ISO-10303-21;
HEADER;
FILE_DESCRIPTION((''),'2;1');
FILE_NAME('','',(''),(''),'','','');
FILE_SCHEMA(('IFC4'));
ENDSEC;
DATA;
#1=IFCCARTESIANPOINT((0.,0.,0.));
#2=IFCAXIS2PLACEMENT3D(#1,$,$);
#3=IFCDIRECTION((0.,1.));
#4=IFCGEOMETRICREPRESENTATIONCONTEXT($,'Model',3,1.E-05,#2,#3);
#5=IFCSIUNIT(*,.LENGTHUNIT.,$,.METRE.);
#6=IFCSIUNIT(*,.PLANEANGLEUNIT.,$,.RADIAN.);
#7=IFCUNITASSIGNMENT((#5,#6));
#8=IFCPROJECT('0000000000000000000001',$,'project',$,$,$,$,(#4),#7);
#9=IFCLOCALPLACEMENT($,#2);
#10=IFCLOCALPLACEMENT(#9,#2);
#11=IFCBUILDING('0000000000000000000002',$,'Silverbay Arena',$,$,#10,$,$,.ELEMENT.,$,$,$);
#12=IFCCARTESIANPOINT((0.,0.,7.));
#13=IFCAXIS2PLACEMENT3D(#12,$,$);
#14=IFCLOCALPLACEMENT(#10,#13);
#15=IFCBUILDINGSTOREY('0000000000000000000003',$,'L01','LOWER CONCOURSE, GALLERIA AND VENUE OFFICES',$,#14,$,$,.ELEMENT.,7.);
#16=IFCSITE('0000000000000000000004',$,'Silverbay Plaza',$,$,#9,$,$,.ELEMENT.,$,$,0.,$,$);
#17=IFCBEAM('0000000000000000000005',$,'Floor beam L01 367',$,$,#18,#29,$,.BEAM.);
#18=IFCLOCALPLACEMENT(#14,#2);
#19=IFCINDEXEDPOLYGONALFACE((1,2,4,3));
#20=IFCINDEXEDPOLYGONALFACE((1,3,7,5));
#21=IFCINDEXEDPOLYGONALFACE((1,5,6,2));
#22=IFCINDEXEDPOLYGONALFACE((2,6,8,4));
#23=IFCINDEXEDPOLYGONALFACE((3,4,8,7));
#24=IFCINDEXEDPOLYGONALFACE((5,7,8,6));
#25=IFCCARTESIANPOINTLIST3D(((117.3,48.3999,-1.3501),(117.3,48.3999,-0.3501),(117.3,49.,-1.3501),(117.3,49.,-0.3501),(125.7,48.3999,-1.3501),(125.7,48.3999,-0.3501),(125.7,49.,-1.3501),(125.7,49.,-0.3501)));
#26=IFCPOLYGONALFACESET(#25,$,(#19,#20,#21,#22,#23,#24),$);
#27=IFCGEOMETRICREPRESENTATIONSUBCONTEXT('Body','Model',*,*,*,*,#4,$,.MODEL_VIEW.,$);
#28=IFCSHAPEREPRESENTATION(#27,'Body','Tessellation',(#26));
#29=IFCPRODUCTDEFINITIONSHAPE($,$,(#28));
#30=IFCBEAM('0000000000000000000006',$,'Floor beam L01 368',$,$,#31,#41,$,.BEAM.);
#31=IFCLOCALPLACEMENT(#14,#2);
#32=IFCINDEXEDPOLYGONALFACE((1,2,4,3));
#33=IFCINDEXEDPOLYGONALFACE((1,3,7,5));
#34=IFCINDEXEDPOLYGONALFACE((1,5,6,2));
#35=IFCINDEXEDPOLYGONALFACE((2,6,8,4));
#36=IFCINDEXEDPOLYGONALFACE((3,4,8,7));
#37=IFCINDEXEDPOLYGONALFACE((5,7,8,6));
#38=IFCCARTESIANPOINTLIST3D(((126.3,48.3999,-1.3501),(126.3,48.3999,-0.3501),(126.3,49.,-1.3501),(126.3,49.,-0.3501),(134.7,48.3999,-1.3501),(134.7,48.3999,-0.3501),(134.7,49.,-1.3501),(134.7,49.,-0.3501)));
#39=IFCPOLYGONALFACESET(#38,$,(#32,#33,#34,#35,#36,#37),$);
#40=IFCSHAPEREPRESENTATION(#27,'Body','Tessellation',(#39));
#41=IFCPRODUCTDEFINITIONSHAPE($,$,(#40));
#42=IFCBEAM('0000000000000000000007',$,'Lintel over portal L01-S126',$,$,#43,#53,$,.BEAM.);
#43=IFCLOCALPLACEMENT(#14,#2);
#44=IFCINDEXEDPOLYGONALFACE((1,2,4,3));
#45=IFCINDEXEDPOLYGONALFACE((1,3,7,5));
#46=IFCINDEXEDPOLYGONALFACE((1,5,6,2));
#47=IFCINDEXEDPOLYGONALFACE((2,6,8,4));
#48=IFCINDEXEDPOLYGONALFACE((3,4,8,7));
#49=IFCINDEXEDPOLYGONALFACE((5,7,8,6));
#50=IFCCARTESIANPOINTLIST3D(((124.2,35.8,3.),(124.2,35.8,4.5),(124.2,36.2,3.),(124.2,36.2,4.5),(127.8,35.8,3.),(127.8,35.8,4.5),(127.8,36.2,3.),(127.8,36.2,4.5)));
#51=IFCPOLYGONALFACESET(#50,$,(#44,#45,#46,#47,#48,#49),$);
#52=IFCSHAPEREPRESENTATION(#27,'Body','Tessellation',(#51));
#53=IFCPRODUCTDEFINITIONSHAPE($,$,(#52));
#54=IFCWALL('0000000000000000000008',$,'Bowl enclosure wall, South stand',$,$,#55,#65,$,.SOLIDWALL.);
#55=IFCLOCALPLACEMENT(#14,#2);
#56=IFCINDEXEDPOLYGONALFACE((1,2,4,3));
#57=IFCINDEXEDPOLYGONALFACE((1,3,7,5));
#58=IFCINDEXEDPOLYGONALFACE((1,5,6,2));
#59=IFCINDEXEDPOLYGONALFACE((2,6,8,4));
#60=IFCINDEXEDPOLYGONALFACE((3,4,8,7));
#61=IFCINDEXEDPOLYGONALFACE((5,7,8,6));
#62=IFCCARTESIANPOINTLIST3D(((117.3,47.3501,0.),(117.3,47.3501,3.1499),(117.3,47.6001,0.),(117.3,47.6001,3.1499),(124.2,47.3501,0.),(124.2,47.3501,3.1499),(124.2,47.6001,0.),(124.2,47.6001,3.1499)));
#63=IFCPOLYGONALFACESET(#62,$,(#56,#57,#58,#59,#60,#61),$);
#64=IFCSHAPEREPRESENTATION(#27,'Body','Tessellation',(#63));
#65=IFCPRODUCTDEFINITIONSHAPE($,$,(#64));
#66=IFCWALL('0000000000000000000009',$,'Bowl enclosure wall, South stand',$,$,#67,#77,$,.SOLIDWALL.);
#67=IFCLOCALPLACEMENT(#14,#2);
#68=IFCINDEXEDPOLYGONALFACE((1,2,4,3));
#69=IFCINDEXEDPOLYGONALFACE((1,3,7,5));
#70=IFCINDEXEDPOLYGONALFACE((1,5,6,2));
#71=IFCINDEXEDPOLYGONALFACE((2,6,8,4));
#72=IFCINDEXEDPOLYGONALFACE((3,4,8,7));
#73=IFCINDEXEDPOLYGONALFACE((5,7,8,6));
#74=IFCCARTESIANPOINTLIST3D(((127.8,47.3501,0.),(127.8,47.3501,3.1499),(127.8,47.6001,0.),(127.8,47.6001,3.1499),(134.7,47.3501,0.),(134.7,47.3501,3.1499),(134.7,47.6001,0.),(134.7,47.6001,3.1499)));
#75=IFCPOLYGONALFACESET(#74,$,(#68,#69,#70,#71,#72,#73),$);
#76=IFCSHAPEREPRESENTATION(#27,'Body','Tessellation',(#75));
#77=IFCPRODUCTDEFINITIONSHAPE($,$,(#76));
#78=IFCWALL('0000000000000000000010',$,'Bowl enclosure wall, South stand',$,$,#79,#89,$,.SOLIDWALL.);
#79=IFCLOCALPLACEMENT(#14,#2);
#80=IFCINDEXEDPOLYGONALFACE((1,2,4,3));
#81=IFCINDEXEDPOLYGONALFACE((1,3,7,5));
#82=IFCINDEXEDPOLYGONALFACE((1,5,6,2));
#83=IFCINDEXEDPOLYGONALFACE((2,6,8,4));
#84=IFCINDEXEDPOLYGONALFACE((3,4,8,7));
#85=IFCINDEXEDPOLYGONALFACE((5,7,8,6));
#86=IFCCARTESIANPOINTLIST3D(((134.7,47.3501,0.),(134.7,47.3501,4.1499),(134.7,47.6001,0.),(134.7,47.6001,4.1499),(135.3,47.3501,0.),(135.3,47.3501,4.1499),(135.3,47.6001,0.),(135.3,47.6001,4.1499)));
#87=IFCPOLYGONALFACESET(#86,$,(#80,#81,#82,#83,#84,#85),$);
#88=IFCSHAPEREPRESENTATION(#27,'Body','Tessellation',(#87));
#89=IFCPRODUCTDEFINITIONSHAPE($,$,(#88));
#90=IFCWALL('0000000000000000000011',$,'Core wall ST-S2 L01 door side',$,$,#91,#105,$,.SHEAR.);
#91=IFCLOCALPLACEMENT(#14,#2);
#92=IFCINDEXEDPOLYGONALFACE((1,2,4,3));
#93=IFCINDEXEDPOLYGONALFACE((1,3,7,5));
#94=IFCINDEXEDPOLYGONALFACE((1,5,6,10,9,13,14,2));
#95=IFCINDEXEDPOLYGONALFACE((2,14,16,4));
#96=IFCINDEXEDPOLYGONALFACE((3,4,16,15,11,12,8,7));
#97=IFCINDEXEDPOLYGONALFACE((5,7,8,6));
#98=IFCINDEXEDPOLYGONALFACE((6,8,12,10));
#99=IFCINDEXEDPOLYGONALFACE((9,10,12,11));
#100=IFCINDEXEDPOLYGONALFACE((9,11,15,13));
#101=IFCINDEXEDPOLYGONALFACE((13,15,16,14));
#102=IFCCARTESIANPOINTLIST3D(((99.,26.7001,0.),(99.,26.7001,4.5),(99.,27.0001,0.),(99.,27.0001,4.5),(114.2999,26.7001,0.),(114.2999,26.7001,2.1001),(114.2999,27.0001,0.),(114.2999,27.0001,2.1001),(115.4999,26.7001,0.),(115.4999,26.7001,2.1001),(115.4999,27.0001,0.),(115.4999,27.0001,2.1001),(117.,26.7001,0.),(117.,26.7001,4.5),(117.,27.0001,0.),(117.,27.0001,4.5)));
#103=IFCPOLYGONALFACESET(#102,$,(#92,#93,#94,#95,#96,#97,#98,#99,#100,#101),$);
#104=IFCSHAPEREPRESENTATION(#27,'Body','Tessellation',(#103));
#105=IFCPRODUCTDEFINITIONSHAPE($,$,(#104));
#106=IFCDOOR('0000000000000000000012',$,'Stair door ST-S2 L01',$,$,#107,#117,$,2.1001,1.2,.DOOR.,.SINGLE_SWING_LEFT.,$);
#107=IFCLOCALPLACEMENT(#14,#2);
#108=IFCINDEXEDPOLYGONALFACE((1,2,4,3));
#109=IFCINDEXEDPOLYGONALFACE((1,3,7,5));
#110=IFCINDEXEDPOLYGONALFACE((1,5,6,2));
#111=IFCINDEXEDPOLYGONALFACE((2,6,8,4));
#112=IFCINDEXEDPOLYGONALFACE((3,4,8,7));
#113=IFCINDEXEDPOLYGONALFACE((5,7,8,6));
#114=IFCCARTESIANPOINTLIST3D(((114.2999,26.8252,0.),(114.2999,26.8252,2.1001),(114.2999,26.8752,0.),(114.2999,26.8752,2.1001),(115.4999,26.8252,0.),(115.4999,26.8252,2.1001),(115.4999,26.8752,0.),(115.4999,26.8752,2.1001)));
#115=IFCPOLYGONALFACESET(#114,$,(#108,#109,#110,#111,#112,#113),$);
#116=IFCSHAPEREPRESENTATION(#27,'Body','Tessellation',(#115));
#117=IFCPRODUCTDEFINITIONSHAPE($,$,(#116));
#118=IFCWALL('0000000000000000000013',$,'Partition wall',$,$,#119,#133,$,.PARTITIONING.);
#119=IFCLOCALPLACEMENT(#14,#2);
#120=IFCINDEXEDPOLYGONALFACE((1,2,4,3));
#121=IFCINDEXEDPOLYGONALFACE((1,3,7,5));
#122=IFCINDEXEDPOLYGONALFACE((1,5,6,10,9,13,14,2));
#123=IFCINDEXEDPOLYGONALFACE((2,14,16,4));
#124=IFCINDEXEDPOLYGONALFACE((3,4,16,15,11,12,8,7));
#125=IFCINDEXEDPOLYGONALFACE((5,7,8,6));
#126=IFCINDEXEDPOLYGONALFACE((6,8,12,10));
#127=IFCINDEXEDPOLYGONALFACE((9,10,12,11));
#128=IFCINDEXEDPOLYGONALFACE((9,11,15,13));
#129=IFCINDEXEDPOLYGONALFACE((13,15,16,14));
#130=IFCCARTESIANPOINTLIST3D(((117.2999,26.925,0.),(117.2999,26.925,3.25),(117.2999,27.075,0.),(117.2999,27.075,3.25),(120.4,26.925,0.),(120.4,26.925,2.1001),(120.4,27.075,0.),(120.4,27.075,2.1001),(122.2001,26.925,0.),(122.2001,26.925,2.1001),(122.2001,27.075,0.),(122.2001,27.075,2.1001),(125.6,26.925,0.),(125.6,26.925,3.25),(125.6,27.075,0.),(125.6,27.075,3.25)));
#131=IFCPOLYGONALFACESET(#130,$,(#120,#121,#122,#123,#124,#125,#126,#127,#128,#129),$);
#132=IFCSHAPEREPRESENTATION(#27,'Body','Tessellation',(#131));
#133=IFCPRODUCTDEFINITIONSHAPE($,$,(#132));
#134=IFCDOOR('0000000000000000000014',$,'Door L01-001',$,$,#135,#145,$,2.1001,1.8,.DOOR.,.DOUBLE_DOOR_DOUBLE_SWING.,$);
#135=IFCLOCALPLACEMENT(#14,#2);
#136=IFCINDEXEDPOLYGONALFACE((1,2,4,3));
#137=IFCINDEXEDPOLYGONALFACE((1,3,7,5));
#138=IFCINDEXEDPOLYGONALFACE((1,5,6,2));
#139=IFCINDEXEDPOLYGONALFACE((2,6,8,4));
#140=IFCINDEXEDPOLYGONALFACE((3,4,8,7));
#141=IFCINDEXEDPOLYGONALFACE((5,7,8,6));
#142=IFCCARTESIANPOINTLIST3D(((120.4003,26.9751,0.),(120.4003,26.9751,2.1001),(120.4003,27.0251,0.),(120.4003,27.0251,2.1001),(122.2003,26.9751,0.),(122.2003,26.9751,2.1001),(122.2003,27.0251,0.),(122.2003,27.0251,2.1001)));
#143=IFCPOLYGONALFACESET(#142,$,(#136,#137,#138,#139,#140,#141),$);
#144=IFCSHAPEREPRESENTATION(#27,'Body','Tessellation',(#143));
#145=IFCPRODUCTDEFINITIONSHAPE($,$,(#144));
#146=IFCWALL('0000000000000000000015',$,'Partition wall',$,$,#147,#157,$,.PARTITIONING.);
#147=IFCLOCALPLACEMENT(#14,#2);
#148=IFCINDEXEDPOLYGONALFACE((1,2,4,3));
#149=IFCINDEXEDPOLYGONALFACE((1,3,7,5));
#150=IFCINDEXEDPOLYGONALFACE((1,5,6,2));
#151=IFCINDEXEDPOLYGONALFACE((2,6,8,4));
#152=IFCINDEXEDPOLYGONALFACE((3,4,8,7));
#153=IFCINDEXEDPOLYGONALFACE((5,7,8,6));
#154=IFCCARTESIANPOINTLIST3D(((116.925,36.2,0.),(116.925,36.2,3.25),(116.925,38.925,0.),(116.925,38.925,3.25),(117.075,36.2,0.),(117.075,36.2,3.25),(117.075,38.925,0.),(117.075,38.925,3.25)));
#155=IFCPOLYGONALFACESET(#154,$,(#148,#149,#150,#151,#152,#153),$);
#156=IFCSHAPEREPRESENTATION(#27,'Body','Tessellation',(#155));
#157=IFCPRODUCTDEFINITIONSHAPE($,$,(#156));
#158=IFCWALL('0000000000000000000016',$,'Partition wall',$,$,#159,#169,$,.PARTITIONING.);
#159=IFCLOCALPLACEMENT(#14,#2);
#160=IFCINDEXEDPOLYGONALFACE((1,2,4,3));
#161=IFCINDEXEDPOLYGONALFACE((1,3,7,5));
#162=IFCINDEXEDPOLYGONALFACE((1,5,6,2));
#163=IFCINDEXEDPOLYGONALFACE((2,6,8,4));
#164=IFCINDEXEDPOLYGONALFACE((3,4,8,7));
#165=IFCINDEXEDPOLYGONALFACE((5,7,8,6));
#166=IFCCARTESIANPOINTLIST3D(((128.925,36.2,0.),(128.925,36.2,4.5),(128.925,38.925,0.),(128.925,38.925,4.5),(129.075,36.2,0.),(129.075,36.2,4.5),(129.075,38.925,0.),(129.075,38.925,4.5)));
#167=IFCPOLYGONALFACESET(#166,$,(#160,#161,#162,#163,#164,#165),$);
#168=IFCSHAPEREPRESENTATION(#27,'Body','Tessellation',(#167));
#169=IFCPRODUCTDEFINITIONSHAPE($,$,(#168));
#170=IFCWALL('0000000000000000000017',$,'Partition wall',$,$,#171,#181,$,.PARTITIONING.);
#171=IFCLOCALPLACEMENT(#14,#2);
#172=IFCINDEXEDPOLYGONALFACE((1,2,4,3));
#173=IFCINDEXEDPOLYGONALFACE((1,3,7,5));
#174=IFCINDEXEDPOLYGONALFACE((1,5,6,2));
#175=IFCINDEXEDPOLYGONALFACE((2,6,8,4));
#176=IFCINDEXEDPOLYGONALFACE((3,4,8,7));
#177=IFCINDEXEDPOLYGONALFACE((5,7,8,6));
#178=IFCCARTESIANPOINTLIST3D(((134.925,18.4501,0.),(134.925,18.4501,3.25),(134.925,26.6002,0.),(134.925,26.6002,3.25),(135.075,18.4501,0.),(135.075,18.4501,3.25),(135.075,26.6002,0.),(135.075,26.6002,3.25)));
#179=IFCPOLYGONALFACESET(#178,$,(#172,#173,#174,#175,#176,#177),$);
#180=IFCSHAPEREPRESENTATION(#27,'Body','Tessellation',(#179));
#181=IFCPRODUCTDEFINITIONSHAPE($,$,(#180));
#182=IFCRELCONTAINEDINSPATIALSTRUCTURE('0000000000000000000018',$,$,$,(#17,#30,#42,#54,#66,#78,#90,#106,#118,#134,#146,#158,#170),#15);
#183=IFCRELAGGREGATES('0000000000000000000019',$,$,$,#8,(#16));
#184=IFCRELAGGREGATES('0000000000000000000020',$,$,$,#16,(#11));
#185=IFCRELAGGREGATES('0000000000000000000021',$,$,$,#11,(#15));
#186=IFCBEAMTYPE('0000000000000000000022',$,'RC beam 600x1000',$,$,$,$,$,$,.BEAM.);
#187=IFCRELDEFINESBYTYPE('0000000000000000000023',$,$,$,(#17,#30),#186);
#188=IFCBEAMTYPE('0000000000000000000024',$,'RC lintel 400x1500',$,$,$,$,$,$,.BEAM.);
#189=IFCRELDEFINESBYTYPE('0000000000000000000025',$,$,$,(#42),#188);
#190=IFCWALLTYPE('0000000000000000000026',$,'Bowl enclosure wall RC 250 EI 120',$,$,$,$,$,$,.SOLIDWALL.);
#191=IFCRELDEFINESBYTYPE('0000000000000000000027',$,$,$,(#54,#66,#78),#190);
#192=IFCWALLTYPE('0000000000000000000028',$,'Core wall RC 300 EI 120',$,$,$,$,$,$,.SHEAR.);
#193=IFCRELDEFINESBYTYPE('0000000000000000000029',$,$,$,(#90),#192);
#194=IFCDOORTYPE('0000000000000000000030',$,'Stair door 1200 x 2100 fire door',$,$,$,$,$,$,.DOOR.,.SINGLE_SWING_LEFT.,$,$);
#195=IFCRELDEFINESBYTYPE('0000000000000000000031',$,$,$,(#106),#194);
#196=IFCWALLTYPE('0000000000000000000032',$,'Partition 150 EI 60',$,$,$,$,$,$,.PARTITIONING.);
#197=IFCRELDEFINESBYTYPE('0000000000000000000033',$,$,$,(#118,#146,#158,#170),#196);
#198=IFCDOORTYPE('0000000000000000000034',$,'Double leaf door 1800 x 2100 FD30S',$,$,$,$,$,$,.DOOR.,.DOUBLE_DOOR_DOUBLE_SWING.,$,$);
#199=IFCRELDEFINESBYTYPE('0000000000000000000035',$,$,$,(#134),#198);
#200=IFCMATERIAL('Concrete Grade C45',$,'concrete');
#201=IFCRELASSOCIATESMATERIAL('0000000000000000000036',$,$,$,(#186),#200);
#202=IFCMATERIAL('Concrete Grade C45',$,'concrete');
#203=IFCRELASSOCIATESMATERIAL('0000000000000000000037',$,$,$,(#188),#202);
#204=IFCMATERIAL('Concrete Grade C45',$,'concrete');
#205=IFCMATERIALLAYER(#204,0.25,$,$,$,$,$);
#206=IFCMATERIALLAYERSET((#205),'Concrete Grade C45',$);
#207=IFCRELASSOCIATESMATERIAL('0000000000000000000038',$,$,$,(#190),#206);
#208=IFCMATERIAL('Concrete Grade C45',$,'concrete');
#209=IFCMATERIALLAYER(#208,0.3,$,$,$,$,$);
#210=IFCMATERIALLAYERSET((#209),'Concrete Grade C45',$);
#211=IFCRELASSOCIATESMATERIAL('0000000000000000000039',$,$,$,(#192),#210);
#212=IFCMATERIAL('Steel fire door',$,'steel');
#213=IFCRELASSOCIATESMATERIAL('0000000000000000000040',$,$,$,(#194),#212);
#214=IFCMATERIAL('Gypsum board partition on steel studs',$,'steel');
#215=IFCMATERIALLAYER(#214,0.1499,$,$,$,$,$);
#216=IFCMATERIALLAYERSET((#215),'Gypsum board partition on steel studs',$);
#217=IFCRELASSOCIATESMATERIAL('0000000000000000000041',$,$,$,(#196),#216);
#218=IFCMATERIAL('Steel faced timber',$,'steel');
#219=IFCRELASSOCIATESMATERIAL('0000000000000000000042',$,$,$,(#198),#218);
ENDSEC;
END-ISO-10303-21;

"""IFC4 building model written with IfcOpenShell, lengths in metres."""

from ifc_helpers import new_model, si_unit, direction, frame, frame_2d, origin, origin_2d, place, context, subcontext, project, spatial, rectangle, extrude, material, layer, layer_set, material_profile, profile_set, type_object, element, fill, save


model = new_model("IFC4")

# Units and contexts
model_context = context("Model", 3, precision=1e-05, world=origin(), true_north=direction((0.0, 1.0)))
body_context = subcontext(model_context, "Body", "Model", "MODEL_VIEW")
ifc_project = project(units=[si_unit("LENGTHUNIT", "METRE"), si_unit("PLANEANGLEUNIT", "RADIAN")], contexts=[model_context])

# Site, building, storey
site_placement = place(None, origin())
site = spatial("IfcSite", under=ifc_project, at=site_placement, Name="Silverbay Plaza", CompositionType="ELEMENT", RefElevation=0.0)
building_placement = place(site_placement, origin())
building = spatial("IfcBuilding", under=site, at=building_placement, Name="Silverbay Arena", CompositionType="ELEMENT")
storey_placement = place(building_placement, frame((0.0, 0.0, 7.0)))
storey = spatial("IfcBuildingStorey", under=building, at=storey_placement, Name="L01", Description="LOWER CONCOURSE, GALLERIA AND VENUE OFFICES", CompositionType="ELEMENT", Elevation=7.0)

# Beams
ifc_material_1 = material(Name="Concrete Grade C45", Category="concrete")
ifc_material_profile_1 = material_profile(ifc_material_1, rectangle(XDim=0.6001, YDim=1.0, at=origin_2d()), Name="RC 600x1000")
ifc_profile_set_1 = profile_set([ifc_material_profile_1], Name="Concrete Grade C45")
beam_type_1 = type_object("IfcBeamType", Name="RC beam 600x1000", PredefinedType="BEAM", material=ifc_profile_set_1)
for number, where, z_axis, x_axis, name in (
    (1, (117.3, 48.7, -0.8501), (1.0, 0.0, 0.0), (0.0, 1.0, 0.0), "Floor beam L01 367"),
    (2, (126.3, 48.7, -0.8501), (1.0, 0.0, 0.0), (0.0, 1.0, 0.0), "Floor beam L01 368"),
):
    element("IfcBeam", number, at=place(storey_placement, frame(where, z_axis=z_axis, x_axis=x_axis)), inside=storey, type_object=beam_type_1, Name=name, PredefinedType="BEAM", context=body_context, shape_type="SweptSolid", body=[
        extrude(rectangle(XDim=0.6001, YDim=1.0, at=origin_2d()), origin(), (0.0, 0.0, 1.0), 8.3999),
    ])
ifc_material_2 = material(Name="Concrete Grade C45", Category="concrete")
ifc_material_profile_2 = material_profile(ifc_material_2, rectangle(XDim=0.3999, YDim=1.5, at=origin_2d()), Name="RC 400x1500")
ifc_profile_set_2 = profile_set([ifc_material_profile_2], Name="Concrete Grade C45")
beam_type_2 = type_object("IfcBeamType", Name="RC lintel 400x1500", PredefinedType="BEAM", material=ifc_profile_set_2)
beam_1_placement = place(storey_placement, frame((124.2, 36.0, 3.75), z_axis=(1.0, 0.0, 0.0), x_axis=(0.0, 1.0, 0.0)))
element("IfcBeam", 3, at=beam_1_placement, inside=storey, type_object=beam_type_2, Name="Lintel over portal L01-S126", PredefinedType="BEAM", context=body_context, shape_type="SweptSolid", body=[
    extrude(rectangle(XDim=0.3999, YDim=1.5, at=origin_2d()), origin(), (0.0, 0.0, 1.0), 3.6001),
])

# Shared definitions
ifc_material_3 = material(Name="Concrete Grade C45", Category="concrete")
ifc_layer_1 = layer(ifc_material_3, 0.25)
ifc_layer_set_1 = layer_set([ifc_layer_1], Name="Concrete Grade C45")
wall_type_1 = type_object("IfcWallType", Name="Bowl enclosure wall RC 250 EI 120", PredefinedType="SOLIDWALL", material=ifc_layer_set_1)

# Walls
for number, where, z_axis, x_axis, name in (
    (4, (117.3, 47.4751, 0.0), (0.0, 0.0, 1.0), (1.0, 0.0, 0.0), "Bowl enclosure wall, South stand"),
    (5, (127.8, 47.4751, 0.0), (0.0, 0.0, 1.0), (1.0, 0.0, 0.0), "Bowl enclosure wall, South stand"),
):
    element("IfcWall", number, at=place(storey_placement, frame(where, z_axis=z_axis, x_axis=x_axis)), inside=storey, type_object=wall_type_1, Name=name, PredefinedType="SOLIDWALL", context=body_context, shape_type="SweptSolid", body=[
        extrude(rectangle(XDim=6.8999, YDim=0.25, at=frame_2d((3.45, 0.0))), origin(), (0.0, 0.0, 1.0), 3.1499),
    ])
wall_1_placement = place(storey_placement, frame((134.7, 47.4751, 0.0), z_axis=(0.0, 0.0, 1.0), x_axis=(1.0, 0.0, 0.0)))
element("IfcWall", 6, at=wall_1_placement, inside=storey, type_object=wall_type_1, Name="Bowl enclosure wall, South stand", PredefinedType="SOLIDWALL", context=body_context, shape_type="SweptSolid", body=[
    extrude(rectangle(XDim=0.6001, YDim=0.25, at=frame_2d((0.3, 0.0))), origin(), (0.0, 0.0, 1.0), 4.1499),
])

# Walls, openings, doors
ifc_material_4 = material(Name="Concrete Grade C45", Category="concrete")
ifc_layer_2 = layer(ifc_material_4, 0.3)
ifc_layer_set_2 = layer_set([ifc_layer_2], Name="Concrete Grade C45")
wall_type_2 = type_object("IfcWallType", Name="Core wall RC 300 EI 120", PredefinedType="SHEAR", material=ifc_layer_set_2)
wall_2_placement = place(storey_placement, frame((117.0, 26.8501, 0.0), z_axis=(0.0, 0.0, 1.0), x_axis=(-1.0, 0.0, 0.0)))
wall_2 = element("IfcWall", 7, at=wall_2_placement, inside=storey, type_object=wall_type_2, Name="Core wall ST-S2 L01 door side", PredefinedType="SHEAR", context=body_context, shape_type="SweptSolid", body=[
    extrude(rectangle(XDim=18.0, YDim=0.3, at=frame_2d((9.0, 0.0))), origin(), (0.0, 0.0, 1.0), 4.5),
])
opening_1_placement = place(wall_2_placement, frame((1.5, 0.0, 0.0)))
opening_1 = element("IfcOpeningElement", 8, at=opening_1_placement, cuts=wall_2, PredefinedType="OPENING", context=body_context, shape_type="SweptSolid", body=[
    extrude(rectangle(XDim=1.2, YDim=2.1001, at=frame_2d((0.6001, 1.05))), frame((0.0, 0.1602, 0.0), z_axis=(0.0, -1.0, 0.0), x_axis=(1.0, 0.0, 0.0)), (0.0, 0.0, 1.0), 0.3201),
])
ifc_material_5 = material(Name="Steel fire door", Category="steel")
door_type_1 = type_object("IfcDoorType", Name="Stair door 1200 x 2100 fire door", OperationType="SINGLE_SWING_LEFT", PredefinedType="DOOR", material=ifc_material_5)
door_1_placement = place(opening_1_placement, origin())
door_1 = element("IfcDoor", 9, at=door_1_placement, inside=storey, type_object=door_type_1, Name="Stair door ST-S2 L01", OperationType="SINGLE_SWING_LEFT", OverallHeight=2.1001, OverallWidth=1.2, PredefinedType="DOOR", context=body_context, shape_type="SweptSolid", body=[
    extrude(rectangle(XDim=1.2, YDim=2.1001, at=frame_2d((0.6001, 1.05))), frame((0.0, 0.0249, 0.0), z_axis=(0.0, -1.0, 0.0), x_axis=(1.0, 0.0, 0.0)), (0.0, 0.0, 1.0), 0.05),
])
fill(opening_1, door_1)
ifc_material_6 = material(Name="Gypsum board partition on steel studs", Category="steel")
ifc_layer_3 = layer(ifc_material_6, 0.1499)
ifc_layer_set_3 = layer_set([ifc_layer_3], Name="Gypsum board partition on steel studs")
wall_type_3 = type_object("IfcWallType", Name="Partition 150 EI 60", PredefinedType="PARTITIONING", material=ifc_layer_set_3)
wall_3_placement = place(storey_placement, frame((117.3, 27.0, 0.0), z_axis=(0.0, 0.0, 1.0), x_axis=(1.0, 0.0, 0.0)))
wall_3 = element("IfcWall", 10, at=wall_3_placement, inside=storey, type_object=wall_type_3, Name="Partition wall", PredefinedType="PARTITIONING", context=body_context, shape_type="SweptSolid", body=[
    extrude(rectangle(XDim=8.3, YDim=0.1499, at=frame_2d((4.1499, 0.0))), origin(), (0.0, 0.0, 1.0), 3.25),
])
opening_2_placement = place(wall_3_placement, frame((3.1001, 0.0, 0.0)))
opening_2 = element("IfcOpeningElement", 11, at=opening_2_placement, cuts=wall_3, PredefinedType="OPENING", context=body_context, shape_type="SweptSolid", body=[
    extrude(rectangle(XDim=1.8, YDim=2.1001, at=frame_2d((0.8999, 1.05))), frame((0.0, 0.085, 0.0), z_axis=(0.0, -1.0, 0.0), x_axis=(1.0, 0.0, 0.0)), (0.0, 0.0, 1.0), 0.1699),
])
ifc_material_7 = material(Name="Steel faced timber", Category="steel")
door_type_2 = type_object("IfcDoorType", Name="Double leaf door 1800 x 2100 FD30S", OperationType="DOUBLE_DOOR_DOUBLE_SWING", PredefinedType="DOOR", material=ifc_material_7)
door_2_placement = place(opening_2_placement, frame((1.8, 0.0, 0.0), z_axis=(0.0, 0.0, 1.0), x_axis=(-1.0, 0.0, 0.0)))
door_2 = element("IfcDoor", 12, at=door_2_placement, inside=storey, type_object=door_type_2, Name="Door L01-001", OperationType="DOUBLE_DOOR_DOUBLE_SWING", OverallHeight=2.1001, OverallWidth=1.8, PredefinedType="DOOR", context=body_context, shape_type="SweptSolid", body=[
    extrude(rectangle(XDim=1.8, YDim=2.1001, at=frame_2d((0.8999, 1.05))), frame((0.0, 0.0249, 0.0), z_axis=(0.0, -1.0, 0.0), x_axis=(1.0, 0.0, 0.0)), (0.0, 0.0, 1.0), 0.05),
])
fill(opening_2, door_2)

# Walls
wall_4_placement = place(storey_placement, frame((117.0, 36.2, 0.0), z_axis=(0.0, 0.0, 1.0), x_axis=(0.0, 1.0, 0.0)))
element("IfcWall", 13, at=wall_4_placement, inside=storey, type_object=wall_type_3, Name="Partition wall", PredefinedType="PARTITIONING", context=body_context, shape_type="SweptSolid", body=[
    extrude(rectangle(XDim=2.7251, YDim=0.1499, at=frame_2d((1.3625, 0.0))), origin(), (0.0, 0.0, 1.0), 3.25),
])
wall_5_placement = place(storey_placement, frame((129.0, 36.2, 0.0), z_axis=(0.0, 0.0, 1.0), x_axis=(0.0, 1.0, 0.0)))
element("IfcWall", 14, at=wall_5_placement, inside=storey, type_object=wall_type_3, Name="Partition wall", PredefinedType="PARTITIONING", context=body_context, shape_type="SweptSolid", body=[
    extrude(rectangle(XDim=2.7251, YDim=0.1499, at=frame_2d((1.3625, 0.0))), origin(), (0.0, 0.0, 1.0), 4.5),
])
wall_6_placement = place(storey_placement, frame((135.0, 18.45, 0.0), z_axis=(0.0, 0.0, 1.0), x_axis=(0.0, 1.0, 0.0)))
element("IfcWall", 15, at=wall_6_placement, inside=storey, type_object=wall_type_3, Name="Partition wall", PredefinedType="PARTITIONING", context=body_context, shape_type="SweptSolid", body=[
    extrude(rectangle(XDim=8.1501, YDim=0.1499, at=frame_2d((4.0752, 0.0))), origin(), (0.0, 0.0, 1.0), 3.25),
])

save(model, "model.ifc")
